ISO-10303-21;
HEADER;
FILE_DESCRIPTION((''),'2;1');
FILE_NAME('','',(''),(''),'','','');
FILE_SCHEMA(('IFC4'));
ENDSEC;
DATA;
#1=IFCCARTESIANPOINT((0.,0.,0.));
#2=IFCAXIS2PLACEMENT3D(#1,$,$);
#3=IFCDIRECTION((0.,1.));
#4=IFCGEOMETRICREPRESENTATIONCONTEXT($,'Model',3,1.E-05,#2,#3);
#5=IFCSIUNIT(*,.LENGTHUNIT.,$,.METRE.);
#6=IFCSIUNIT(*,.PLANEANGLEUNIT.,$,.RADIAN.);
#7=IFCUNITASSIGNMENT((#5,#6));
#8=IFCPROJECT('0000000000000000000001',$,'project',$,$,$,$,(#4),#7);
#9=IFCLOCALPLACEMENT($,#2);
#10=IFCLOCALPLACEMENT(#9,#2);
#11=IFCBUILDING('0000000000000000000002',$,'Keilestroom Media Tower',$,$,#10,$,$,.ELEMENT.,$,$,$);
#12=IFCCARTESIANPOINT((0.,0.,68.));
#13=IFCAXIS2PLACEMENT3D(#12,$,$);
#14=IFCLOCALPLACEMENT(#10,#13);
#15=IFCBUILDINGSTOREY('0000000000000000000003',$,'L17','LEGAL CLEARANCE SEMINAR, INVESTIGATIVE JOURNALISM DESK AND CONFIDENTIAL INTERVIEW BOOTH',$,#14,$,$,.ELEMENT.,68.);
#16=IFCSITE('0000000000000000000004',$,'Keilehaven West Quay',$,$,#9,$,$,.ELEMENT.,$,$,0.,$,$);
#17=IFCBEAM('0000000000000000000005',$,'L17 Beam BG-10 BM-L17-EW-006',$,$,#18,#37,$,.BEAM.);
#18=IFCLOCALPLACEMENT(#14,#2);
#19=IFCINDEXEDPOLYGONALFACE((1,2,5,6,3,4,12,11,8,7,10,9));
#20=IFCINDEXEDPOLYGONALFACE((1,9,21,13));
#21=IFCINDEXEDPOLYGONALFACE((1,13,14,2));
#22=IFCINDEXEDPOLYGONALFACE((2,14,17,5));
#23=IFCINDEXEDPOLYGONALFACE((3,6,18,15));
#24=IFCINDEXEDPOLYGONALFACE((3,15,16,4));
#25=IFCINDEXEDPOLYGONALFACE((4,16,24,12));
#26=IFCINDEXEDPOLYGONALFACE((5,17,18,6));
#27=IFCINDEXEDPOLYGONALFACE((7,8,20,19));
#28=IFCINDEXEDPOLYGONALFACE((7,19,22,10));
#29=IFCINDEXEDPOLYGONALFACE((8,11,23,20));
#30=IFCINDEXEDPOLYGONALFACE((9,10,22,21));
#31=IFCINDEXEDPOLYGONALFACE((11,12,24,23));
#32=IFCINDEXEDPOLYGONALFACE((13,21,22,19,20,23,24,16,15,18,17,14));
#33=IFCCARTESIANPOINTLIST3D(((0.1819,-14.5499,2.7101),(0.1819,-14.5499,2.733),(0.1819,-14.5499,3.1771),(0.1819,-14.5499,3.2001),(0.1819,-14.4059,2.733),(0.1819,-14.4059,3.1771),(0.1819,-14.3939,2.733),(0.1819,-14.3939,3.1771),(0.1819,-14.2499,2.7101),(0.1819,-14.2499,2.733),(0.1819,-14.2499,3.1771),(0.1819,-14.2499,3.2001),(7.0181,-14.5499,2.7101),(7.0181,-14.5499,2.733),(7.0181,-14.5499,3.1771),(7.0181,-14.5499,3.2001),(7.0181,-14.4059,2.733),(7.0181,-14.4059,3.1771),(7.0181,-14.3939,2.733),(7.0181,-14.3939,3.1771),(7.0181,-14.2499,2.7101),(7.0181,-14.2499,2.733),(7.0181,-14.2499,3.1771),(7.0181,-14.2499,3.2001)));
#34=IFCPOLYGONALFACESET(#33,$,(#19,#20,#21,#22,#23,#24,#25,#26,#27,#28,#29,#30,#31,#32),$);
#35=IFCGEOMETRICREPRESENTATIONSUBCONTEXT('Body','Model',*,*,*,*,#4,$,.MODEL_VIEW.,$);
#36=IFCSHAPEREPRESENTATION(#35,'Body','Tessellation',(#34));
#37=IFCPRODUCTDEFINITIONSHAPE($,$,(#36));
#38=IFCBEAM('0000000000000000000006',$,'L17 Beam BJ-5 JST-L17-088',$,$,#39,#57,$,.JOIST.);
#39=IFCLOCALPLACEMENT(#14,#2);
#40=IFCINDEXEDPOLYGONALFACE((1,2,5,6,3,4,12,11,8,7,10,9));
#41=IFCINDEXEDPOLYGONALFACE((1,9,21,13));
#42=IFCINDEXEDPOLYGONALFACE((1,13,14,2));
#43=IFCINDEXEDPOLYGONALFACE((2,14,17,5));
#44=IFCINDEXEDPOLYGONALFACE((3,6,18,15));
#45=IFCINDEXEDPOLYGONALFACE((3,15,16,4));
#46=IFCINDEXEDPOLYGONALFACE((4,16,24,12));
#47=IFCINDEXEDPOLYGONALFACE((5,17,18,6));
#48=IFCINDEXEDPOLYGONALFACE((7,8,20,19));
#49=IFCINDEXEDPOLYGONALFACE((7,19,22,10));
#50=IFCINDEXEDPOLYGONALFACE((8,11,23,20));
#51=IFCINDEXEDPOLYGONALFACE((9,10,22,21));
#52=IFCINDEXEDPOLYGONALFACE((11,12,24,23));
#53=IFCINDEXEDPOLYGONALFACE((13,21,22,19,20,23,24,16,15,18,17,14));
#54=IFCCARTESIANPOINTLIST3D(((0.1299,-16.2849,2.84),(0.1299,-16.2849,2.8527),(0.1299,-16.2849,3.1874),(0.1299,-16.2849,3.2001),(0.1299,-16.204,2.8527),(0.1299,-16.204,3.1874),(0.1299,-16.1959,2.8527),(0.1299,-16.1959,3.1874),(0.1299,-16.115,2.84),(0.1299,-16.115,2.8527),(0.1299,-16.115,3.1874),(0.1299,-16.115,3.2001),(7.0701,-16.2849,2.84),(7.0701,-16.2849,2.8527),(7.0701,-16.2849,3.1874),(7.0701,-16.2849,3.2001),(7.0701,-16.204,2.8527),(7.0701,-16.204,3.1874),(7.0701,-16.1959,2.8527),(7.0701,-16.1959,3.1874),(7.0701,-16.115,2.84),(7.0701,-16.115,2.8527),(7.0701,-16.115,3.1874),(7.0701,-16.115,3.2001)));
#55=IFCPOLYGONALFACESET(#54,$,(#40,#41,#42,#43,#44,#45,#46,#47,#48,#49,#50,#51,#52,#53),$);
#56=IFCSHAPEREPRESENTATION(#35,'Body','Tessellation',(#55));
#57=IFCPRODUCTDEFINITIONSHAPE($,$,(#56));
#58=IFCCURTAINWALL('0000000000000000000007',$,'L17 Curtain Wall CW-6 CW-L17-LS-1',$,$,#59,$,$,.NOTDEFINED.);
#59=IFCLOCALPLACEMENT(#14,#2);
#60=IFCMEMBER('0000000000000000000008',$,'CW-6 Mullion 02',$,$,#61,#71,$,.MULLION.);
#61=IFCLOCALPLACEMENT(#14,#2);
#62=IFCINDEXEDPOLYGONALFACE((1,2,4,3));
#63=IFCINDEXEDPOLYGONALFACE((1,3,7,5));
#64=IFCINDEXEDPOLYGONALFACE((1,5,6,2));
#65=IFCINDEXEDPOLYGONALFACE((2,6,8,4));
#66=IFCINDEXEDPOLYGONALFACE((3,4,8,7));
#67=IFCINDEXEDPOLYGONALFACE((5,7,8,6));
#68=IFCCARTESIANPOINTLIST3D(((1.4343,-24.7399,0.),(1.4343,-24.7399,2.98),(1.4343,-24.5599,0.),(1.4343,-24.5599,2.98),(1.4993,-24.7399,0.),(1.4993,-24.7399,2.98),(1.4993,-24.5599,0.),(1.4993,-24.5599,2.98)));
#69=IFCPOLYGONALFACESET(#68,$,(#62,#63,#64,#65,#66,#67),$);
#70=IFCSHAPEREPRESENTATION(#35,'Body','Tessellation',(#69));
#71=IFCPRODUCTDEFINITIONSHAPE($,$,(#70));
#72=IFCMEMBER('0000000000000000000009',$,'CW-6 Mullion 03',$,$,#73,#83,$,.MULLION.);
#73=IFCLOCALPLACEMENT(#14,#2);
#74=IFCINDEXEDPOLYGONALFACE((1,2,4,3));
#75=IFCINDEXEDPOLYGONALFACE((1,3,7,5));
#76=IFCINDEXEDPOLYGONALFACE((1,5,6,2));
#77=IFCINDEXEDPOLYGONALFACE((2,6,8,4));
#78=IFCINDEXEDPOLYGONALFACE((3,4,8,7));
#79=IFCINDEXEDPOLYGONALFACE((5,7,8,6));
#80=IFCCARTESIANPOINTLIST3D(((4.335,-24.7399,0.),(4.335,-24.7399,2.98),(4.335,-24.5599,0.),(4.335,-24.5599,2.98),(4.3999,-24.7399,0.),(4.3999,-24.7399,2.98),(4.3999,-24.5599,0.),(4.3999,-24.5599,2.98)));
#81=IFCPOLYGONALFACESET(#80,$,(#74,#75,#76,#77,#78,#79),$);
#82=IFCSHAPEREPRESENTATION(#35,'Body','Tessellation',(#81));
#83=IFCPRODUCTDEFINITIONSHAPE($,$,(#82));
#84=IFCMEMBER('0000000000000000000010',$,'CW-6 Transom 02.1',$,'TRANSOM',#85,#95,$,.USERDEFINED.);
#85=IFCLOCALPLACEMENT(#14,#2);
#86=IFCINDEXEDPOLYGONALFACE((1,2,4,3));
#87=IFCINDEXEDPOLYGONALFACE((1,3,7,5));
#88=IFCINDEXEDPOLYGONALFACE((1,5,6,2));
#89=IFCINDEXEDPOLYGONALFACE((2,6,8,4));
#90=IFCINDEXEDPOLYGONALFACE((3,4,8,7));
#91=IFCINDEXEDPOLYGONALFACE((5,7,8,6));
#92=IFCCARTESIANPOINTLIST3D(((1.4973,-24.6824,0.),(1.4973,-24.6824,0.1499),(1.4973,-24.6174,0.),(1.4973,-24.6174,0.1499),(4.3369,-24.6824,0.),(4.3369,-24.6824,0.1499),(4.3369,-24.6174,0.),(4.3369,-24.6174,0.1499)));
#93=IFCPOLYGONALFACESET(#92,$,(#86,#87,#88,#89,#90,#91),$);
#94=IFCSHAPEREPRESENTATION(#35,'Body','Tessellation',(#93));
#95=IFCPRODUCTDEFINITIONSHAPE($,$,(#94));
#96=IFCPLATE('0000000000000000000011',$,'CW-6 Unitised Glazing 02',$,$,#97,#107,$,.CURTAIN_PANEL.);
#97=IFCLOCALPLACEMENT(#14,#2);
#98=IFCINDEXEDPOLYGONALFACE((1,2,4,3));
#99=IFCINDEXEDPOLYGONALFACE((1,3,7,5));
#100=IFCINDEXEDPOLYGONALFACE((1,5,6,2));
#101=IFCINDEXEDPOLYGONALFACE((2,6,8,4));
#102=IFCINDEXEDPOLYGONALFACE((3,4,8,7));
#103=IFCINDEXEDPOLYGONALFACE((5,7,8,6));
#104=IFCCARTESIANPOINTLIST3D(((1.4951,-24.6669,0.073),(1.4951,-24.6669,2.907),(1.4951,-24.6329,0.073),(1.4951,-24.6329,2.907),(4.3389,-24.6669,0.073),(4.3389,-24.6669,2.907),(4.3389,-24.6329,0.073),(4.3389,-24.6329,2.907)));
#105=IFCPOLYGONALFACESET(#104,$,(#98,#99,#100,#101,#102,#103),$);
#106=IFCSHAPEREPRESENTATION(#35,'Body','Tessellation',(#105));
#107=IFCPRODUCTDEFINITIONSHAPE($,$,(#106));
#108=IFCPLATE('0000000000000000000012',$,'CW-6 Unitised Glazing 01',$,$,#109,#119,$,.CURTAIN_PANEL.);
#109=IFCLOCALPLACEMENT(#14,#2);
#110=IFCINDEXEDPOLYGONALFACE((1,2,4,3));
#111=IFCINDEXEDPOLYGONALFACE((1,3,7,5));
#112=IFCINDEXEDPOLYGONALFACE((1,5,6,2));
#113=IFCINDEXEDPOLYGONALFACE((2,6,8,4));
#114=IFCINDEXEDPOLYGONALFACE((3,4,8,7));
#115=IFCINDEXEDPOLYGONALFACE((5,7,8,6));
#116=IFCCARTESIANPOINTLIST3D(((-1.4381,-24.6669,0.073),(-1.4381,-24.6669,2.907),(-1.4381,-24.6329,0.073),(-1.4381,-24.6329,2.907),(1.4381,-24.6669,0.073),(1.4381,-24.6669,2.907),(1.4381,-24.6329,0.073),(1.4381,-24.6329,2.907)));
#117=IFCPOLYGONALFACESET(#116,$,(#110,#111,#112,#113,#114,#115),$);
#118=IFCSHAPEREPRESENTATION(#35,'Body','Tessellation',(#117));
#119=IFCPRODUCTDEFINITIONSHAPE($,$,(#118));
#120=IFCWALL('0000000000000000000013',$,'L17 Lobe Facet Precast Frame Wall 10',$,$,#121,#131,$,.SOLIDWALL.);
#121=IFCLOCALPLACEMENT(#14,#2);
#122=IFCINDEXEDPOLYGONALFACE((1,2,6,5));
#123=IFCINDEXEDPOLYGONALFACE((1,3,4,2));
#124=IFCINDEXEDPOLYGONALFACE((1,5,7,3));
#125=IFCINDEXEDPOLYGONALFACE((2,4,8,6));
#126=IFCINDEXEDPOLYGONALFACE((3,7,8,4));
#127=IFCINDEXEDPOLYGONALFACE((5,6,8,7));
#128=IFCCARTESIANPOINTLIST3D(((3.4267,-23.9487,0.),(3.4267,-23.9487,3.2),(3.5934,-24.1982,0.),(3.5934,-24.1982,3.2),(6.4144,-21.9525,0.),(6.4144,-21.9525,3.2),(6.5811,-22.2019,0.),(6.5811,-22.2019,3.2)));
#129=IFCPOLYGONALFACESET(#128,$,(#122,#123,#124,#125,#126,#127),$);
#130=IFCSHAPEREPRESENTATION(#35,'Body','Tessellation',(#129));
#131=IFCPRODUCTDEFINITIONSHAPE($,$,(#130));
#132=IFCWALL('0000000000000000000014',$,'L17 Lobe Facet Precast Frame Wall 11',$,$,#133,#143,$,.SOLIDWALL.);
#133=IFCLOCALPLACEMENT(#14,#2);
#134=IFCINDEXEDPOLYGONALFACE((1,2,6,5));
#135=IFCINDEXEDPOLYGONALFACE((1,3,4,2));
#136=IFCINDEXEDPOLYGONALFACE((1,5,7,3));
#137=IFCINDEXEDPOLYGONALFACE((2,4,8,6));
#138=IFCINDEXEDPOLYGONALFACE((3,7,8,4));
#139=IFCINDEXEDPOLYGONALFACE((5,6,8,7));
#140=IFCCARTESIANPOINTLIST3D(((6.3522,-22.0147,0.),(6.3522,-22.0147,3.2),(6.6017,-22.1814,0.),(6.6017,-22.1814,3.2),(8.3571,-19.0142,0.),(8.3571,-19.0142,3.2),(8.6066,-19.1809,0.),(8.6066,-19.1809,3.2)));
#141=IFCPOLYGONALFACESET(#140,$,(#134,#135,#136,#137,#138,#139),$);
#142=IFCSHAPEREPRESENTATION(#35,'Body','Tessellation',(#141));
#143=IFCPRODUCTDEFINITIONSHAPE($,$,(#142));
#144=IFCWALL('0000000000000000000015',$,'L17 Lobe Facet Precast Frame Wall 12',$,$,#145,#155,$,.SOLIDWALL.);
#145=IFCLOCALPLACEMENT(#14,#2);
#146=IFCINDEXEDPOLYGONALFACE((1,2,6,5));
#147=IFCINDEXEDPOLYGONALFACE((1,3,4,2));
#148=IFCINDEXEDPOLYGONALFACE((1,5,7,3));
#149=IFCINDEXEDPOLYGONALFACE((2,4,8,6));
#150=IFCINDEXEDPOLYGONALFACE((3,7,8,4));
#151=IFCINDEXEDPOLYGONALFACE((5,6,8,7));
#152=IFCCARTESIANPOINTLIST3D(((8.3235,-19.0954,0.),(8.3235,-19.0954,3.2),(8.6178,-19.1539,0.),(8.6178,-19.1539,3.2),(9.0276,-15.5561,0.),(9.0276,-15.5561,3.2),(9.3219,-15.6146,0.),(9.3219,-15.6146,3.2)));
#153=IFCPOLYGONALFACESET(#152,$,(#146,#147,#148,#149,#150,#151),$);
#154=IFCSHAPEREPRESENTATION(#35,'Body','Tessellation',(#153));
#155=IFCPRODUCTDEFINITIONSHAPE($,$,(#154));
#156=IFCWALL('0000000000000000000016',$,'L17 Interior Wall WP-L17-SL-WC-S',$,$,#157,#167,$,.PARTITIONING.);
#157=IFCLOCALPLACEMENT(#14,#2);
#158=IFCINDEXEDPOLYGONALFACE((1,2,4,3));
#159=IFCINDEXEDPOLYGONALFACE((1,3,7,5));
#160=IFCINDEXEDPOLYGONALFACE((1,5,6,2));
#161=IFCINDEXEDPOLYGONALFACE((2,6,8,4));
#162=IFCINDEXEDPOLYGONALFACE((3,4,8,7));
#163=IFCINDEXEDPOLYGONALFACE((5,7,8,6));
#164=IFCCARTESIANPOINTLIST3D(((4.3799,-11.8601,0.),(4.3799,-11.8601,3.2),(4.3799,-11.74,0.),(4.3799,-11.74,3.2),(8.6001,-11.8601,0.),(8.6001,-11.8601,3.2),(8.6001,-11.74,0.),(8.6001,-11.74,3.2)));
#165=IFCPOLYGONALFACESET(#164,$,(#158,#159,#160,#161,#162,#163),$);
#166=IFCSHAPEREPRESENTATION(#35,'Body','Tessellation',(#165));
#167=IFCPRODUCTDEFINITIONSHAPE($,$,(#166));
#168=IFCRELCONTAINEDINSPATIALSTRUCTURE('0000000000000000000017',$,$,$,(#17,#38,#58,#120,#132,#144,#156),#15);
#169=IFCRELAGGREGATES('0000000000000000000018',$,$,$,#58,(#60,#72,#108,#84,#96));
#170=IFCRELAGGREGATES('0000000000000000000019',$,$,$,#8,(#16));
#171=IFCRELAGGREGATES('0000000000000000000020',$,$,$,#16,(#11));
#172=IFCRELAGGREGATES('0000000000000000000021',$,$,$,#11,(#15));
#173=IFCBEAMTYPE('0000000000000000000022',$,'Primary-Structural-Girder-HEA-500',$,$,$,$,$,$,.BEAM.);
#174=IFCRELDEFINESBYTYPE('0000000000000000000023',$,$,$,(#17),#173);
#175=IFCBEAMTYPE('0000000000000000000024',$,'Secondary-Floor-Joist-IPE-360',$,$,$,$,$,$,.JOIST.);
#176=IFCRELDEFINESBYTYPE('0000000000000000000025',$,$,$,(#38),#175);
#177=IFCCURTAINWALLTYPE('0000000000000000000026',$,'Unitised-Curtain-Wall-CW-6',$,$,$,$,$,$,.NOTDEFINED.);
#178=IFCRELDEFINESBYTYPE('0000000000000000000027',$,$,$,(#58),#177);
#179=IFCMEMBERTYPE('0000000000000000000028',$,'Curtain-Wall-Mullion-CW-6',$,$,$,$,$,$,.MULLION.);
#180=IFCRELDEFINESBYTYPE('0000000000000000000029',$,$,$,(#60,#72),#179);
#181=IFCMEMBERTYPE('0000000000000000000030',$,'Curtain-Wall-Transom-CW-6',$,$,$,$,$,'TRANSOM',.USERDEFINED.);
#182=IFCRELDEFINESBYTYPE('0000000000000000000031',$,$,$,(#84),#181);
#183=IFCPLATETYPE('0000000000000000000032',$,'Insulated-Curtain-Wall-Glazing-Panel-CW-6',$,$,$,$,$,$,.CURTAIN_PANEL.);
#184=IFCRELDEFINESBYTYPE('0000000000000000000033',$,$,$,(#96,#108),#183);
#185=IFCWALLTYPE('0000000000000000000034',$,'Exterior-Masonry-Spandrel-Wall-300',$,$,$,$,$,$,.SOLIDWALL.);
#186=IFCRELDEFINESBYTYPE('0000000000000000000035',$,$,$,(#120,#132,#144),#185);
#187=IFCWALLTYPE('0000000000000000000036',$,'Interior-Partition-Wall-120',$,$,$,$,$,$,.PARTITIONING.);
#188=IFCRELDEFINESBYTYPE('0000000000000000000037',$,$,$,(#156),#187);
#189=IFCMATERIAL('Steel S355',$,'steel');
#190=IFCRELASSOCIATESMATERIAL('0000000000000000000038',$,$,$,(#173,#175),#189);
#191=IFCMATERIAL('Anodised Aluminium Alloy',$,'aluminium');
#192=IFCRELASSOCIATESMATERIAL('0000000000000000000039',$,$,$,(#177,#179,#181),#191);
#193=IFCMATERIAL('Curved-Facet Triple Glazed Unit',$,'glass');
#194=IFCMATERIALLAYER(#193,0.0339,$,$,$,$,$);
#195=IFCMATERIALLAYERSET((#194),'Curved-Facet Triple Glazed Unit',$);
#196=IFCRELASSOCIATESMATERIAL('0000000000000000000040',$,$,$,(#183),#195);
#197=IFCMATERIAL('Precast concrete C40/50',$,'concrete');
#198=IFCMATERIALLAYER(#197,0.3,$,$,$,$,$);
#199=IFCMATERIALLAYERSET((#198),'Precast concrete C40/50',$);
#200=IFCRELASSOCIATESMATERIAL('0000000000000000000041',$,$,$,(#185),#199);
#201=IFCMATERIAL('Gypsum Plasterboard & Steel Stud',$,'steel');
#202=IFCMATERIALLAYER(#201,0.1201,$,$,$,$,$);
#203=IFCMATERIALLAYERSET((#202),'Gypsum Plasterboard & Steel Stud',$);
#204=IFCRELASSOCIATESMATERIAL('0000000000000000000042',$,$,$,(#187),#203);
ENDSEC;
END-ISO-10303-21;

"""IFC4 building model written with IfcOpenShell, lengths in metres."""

from ifc_helpers import new_model, si_unit, direction, frame, frame_2d, origin, origin_2d, place, context, subcontext, project, spatial, rectangle, i_section, extrude, source, transform, mapped, material, layer, layer_set, material_profile, profile_set, type_object, element, aggregate, save


model = new_model("IFC4")

# Units and contexts
model_context = context("Model", 3, precision=1e-05, world=origin(), true_north=direction((0.0, 1.0)))
body_context = subcontext(model_context, "Body", "Model", "MODEL_VIEW")
ifc_project = project(units=[si_unit("LENGTHUNIT", "METRE"), si_unit("PLANEANGLEUNIT", "RADIAN")], contexts=[model_context])

# Site, building, storey
site_placement = place(None, origin())
site = spatial("IfcSite", under=ifc_project, at=site_placement, Name="Keilehaven West Quay", CompositionType="ELEMENT", RefElevation=0.0)
building_placement = place(site_placement, origin())
building = spatial("IfcBuilding", under=site, at=building_placement, Name="Keilestroom Media Tower", CompositionType="ELEMENT")
storey_placement = place(building_placement, frame((0.0, 0.0, 68.0)))
storey = spatial("IfcBuildingStorey", under=building, at=storey_placement, Name="L17", Description="LEGAL CLEARANCE SEMINAR, INVESTIGATIVE JOURNALISM DESK AND CONFIDENTIAL INTERVIEW BOOTH", CompositionType="ELEMENT", Elevation=68.0)

# Beams
ifc_material_1 = material(Name="Steel S355", Category="steel")
ifc_material_profile_1 = material_profile(ifc_material_1, i_section(OverallWidth=0.3, OverallDepth=0.49, WebThickness=0.012, FlangeThickness=0.0229, at=origin_2d()), Name="HEA 500")
ifc_profile_set_1 = profile_set([ifc_material_profile_1], Name="Steel S355")
beam_type_1 = type_object("IfcBeamType", Name="Primary-Structural-Girder-HEA-500", PredefinedType="BEAM", material=ifc_profile_set_1)
shared_shape_1 = source(origin(), body_context, "Body", "SweptSolid", [
    extrude(i_section(OverallWidth=0.3, OverallDepth=0.49, WebThickness=0.012, FlangeThickness=0.0229, at=origin_2d()), origin(), (0.0, 0.0, 1.0), 6.8362),
])
for number, where, z_axis, x_axis, name in (
    (1, (0.1819, -14.3999, 2.9551), (1.0, 0.0, 0.0), (0.0, 1.0, 0.0), "L17 Beam BG-10 BM-L17-EW-006"),
):
    element("IfcBeam", number, at=place(storey_placement, frame(where, z_axis=z_axis, x_axis=x_axis)), inside=storey, type_object=beam_type_1, Name=name, PredefinedType="BEAM", context=body_context, shape_type="MappedRepresentation", body=[
        mapped(shared_shape_1, transform((0.0, 0.0, 0.0), x_axis=(1.0, 0.0, 0.0), y_axis=(0.0, 1.0, 0.0), z_axis=(0.0, 0.0, 1.0), scale=1.0)),
    ])
ifc_material_profile_2 = material_profile(ifc_material_1, i_section(OverallWidth=0.1699, OverallDepth=0.3601, WebThickness=0.0081, FlangeThickness=0.0127, at=origin_2d()), Name="IPE 360")
ifc_profile_set_2 = profile_set([ifc_material_profile_2], Name="Steel S355")
beam_type_2 = type_object("IfcBeamType", Name="Secondary-Floor-Joist-IPE-360", PredefinedType="JOIST", material=ifc_profile_set_2)
shared_shape_2 = source(origin(), body_context, "Body", "SweptSolid", [
    extrude(i_section(OverallWidth=0.1699, OverallDepth=0.3601, WebThickness=0.0081, FlangeThickness=0.0127, at=origin_2d()), origin(), (0.0, 0.0, 1.0), 6.9402),
])
beam_1_placement = place(storey_placement, frame((0.1299, -16.2, 3.02), z_axis=(1.0, 0.0, 0.0), x_axis=(0.0, 1.0, 0.0)))
element("IfcBeam", 2, at=beam_1_placement, inside=storey, type_object=beam_type_2, Name="L17 Beam BJ-5 JST-L17-088", PredefinedType="JOIST", context=body_context, shape_type="MappedRepresentation", body=[
    mapped(shared_shape_2, transform((0.0, 0.0, 0.0), x_axis=(1.0, 0.0, 0.0), y_axis=(0.0, 1.0, 0.0), z_axis=(0.0, 0.0, 1.0), scale=1.0)),
])

# Curtain wall, members, plates
ifc_material_2 = material(Name="Anodised Aluminium Alloy", Category="aluminium")
curtain_wall_type = type_object("IfcCurtainWallType", Name="Unitised-Curtain-Wall-CW-6", PredefinedType="NOTDEFINED", material=ifc_material_2)
curtain_wall_placement = place(storey_placement, origin())
curtain_wall = element("IfcCurtainWall", 3, at=curtain_wall_placement, inside=storey, type_object=curtain_wall_type, Name="L17 Curtain Wall CW-6 CW-L17-LS-1", PredefinedType="NOTDEFINED")
ifc_material_profile_3 = material_profile(ifc_material_2, rectangle(XDim=0.0649, YDim=0.1799, at=origin_2d()), Name="ALU MULLION 65x180")
ifc_profile_set_3 = profile_set([ifc_material_profile_3], Name="Anodised Aluminium Alloy")
member_type_1 = type_object("IfcMemberType", Name="Curtain-Wall-Mullion-CW-6", PredefinedType="MULLION", material=ifc_profile_set_3)
shared_shape_3 = source(origin(), body_context, "Body", "SweptSolid", [
    extrude(rectangle(XDim=0.0649, YDim=0.1799, at=origin_2d()), origin(), (0.0, 0.0, 1.0), 2.98),
])
member_1_placement = place(storey_placement, frame((1.4668, -24.6499, 0.0), z_axis=(0.0, 0.0, 1.0), x_axis=(1.0, 0.0, 0.0)))
member_1 = element("IfcMember", 4, at=member_1_placement, type_object=member_type_1, Name="CW-6 Mullion 02", PredefinedType="MULLION", context=body_context, shape_type="MappedRepresentation", body=[
    mapped(shared_shape_3, transform((0.0, 0.0, 0.0), x_axis=(1.0, 0.0, 0.0), y_axis=(0.0, 1.0, 0.0), z_axis=(0.0, 0.0, 1.0), scale=1.0)),
])
member_2_placement = place(storey_placement, frame((4.3674, -24.6499, 0.0), z_axis=(0.0, 0.0, 1.0), x_axis=(1.0, 0.0, 0.0)))
member_2 = element("IfcMember", 5, at=member_2_placement, type_object=member_type_1, Name="CW-6 Mullion 03", PredefinedType="MULLION", context=body_context, shape_type="MappedRepresentation", body=[
    mapped(shared_shape_3, transform((0.0, 0.0, 0.0), x_axis=(1.0, 0.0, 0.0), y_axis=(0.0, 1.0, 0.0), z_axis=(0.0, 0.0, 1.0), scale=1.0)),
])
ifc_material_profile_4 = material_profile(ifc_material_2, rectangle(XDim=0.0649, YDim=0.1499, at=origin_2d()), Name="ALU TRANSOM 65x150")
ifc_profile_set_4 = profile_set([ifc_material_profile_4], Name="Anodised Aluminium Alloy")
member_type_2 = type_object("IfcMemberType", Name="Curtain-Wall-Transom-CW-6", ElementType="TRANSOM", PredefinedType="USERDEFINED", material=ifc_profile_set_4)
shared_shape_4 = source(origin(), body_context, "Body", "SweptSolid", [
    extrude(rectangle(XDim=0.0649, YDim=0.1499, at=origin_2d()), origin(), (0.0, 0.0, 1.0), 2.8396),
])
member_3_placement = place(storey_placement, frame((1.4973, -24.6499, 0.075), z_axis=(1.0, 0.0, 0.0), x_axis=(0.0, 1.0, 0.0)))
member_3 = element("IfcMember", 6, at=member_3_placement, type_object=member_type_2, Name="CW-6 Transom 02.1", ObjectType="TRANSOM", PredefinedType="USERDEFINED", context=body_context, shape_type="MappedRepresentation", body=[
    mapped(shared_shape_4, transform((0.0, 0.0, 0.0), x_axis=(1.0, 0.0, 0.0), y_axis=(0.0, 1.0, 0.0), z_axis=(0.0, 0.0, 1.0), scale=1.0)),
])
ifc_material_3 = material(Name="Curved-Facet Triple Glazed Unit", Category="glass")
ifc_layer_1 = layer(ifc_material_3, 0.0339)
ifc_layer_set_1 = layer_set([ifc_layer_1], Name="Curved-Facet Triple Glazed Unit")
plate_type = type_object("IfcPlateType", Name="Insulated-Curtain-Wall-Glazing-Panel-CW-6", PredefinedType="CURTAIN_PANEL", material=ifc_layer_set_1)
shared_shape_5 = source(origin(), body_context, "Body", "SweptSolid", [
    extrude(rectangle(XDim=2.8438, YDim=0.0339, at=origin_2d()), origin(), (0.0, 0.0, 1.0), 2.834),
])
plate_1_placement = place(storey_placement, frame((2.917, -24.6499, 0.073), z_axis=(0.0, 0.0, 1.0), x_axis=(1.0, 0.0, 0.0)))
plate_1 = element("IfcPlate", 7, at=plate_1_placement, type_object=plate_type, Name="CW-6 Unitised Glazing 02", PredefinedType="CURTAIN_PANEL", context=body_context, shape_type="MappedRepresentation", body=[
    mapped(shared_shape_5, transform((0.0, 0.0, 0.0), x_axis=(1.0, 0.0, 0.0), y_axis=(0.0, 1.0, 0.0), z_axis=(0.0, 0.0, 1.0), scale=1.0)),
])
shared_shape_6 = source(origin(), body_context, "Body", "SweptSolid", [
    extrude(rectangle(XDim=2.8762, YDim=0.0339, at=origin_2d()), origin(), (0.0, 0.0, 1.0), 2.834),
])
plate_2_placement = place(storey_placement, frame((0.0, -24.6499, 0.073), z_axis=(0.0, 0.0, 1.0), x_axis=(1.0, 0.0, 0.0)))
plate_2 = element("IfcPlate", 8, at=plate_2_placement, type_object=plate_type, Name="CW-6 Unitised Glazing 01", PredefinedType="CURTAIN_PANEL", context=body_context, shape_type="MappedRepresentation", body=[
    mapped(shared_shape_6, transform((0.0, 0.0, 0.0), x_axis=(1.0, 0.0, 0.0), y_axis=(0.0, 1.0, 0.0), z_axis=(0.0, 0.0, 1.0), scale=1.0)),
])
aggregate(curtain_wall, [member_1, member_2, plate_2, member_3, plate_1])

# Walls
ifc_material_4 = material(Name="Precast concrete C40/50", Category="concrete")
ifc_layer_2 = layer(ifc_material_4, 0.3)
ifc_layer_set_2 = layer_set([ifc_layer_2], Name="Precast concrete C40/50")
wall_type_1 = type_object("IfcWallType", Name="Exterior-Masonry-Spandrel-Wall-300", PredefinedType="SOLIDWALL", material=ifc_layer_set_2)
wall_1_placement = place(storey_placement, frame((3.51, -24.0735, 0.0), z_axis=(0.0, 0.0, 1.0), x_axis=(0.831475, 0.555562, 0.0)))
element("IfcWall", 9, at=wall_1_placement, inside=storey, type_object=wall_type_1, Name="L17 Lobe Facet Precast Frame Wall 10", PredefinedType="SOLIDWALL", context=body_context, shape_type="SweptSolid", body=[
    extrude(rectangle(XDim=3.5933, YDim=0.3, at=frame_2d((1.7966, 0.0))), origin(), (0.0, 0.0, 1.0), 3.2),
])
for number, where, z_axis, x_axis, name in (
    (10, (6.4771, -22.0979, 0.0), (0.0, 0.0, 1.0), (0.555574, 0.831467, 0.0), "L17 Lobe Facet Precast Frame Wall 11"),
    (11, (8.4707, -19.1245, 0.0), (0.0, 0.0, 1.0), (0.195114, 0.980781, 0.0), "L17 Lobe Facet Precast Frame Wall 12"),
):
    element("IfcWall", number, at=place(storey_placement, frame(where, z_axis=z_axis, x_axis=x_axis)), inside=storey, type_object=wall_type_1, Name=name, PredefinedType="SOLIDWALL", context=body_context, shape_type="SweptSolid", body=[
        extrude(rectangle(XDim=3.6086, YDim=0.3, at=frame_2d((1.8042, 0.0))), origin(), (0.0, 0.0, 1.0), 3.2),
    ])
ifc_material_5 = material(Name="Gypsum Plasterboard & Steel Stud", Category="steel")
ifc_layer_3 = layer(ifc_material_5, 0.1201)
ifc_layer_set_3 = layer_set([ifc_layer_3], Name="Gypsum Plasterboard & Steel Stud")
wall_type_2 = type_object("IfcWallType", Name="Interior-Partition-Wall-120", PredefinedType="PARTITIONING", material=ifc_layer_set_3)
wall_2_placement = place(storey_placement, frame((4.3799, -11.8, 0.0), z_axis=(0.0, 0.0, 1.0), x_axis=(1.0, 0.0, 0.0)))
element("IfcWall", 12, at=wall_2_placement, inside=storey, type_object=wall_type_2, Name="L17 Interior Wall WP-L17-SL-WC-S", PredefinedType="PARTITIONING", context=body_context, shape_type="SweptSolid", body=[
    extrude(rectangle(XDim=4.2202, YDim=0.1201, at=frame_2d((2.1101, 0.0))), origin(), (0.0, 0.0, 1.0), 3.2),
])

save(model, "model.ifc")
